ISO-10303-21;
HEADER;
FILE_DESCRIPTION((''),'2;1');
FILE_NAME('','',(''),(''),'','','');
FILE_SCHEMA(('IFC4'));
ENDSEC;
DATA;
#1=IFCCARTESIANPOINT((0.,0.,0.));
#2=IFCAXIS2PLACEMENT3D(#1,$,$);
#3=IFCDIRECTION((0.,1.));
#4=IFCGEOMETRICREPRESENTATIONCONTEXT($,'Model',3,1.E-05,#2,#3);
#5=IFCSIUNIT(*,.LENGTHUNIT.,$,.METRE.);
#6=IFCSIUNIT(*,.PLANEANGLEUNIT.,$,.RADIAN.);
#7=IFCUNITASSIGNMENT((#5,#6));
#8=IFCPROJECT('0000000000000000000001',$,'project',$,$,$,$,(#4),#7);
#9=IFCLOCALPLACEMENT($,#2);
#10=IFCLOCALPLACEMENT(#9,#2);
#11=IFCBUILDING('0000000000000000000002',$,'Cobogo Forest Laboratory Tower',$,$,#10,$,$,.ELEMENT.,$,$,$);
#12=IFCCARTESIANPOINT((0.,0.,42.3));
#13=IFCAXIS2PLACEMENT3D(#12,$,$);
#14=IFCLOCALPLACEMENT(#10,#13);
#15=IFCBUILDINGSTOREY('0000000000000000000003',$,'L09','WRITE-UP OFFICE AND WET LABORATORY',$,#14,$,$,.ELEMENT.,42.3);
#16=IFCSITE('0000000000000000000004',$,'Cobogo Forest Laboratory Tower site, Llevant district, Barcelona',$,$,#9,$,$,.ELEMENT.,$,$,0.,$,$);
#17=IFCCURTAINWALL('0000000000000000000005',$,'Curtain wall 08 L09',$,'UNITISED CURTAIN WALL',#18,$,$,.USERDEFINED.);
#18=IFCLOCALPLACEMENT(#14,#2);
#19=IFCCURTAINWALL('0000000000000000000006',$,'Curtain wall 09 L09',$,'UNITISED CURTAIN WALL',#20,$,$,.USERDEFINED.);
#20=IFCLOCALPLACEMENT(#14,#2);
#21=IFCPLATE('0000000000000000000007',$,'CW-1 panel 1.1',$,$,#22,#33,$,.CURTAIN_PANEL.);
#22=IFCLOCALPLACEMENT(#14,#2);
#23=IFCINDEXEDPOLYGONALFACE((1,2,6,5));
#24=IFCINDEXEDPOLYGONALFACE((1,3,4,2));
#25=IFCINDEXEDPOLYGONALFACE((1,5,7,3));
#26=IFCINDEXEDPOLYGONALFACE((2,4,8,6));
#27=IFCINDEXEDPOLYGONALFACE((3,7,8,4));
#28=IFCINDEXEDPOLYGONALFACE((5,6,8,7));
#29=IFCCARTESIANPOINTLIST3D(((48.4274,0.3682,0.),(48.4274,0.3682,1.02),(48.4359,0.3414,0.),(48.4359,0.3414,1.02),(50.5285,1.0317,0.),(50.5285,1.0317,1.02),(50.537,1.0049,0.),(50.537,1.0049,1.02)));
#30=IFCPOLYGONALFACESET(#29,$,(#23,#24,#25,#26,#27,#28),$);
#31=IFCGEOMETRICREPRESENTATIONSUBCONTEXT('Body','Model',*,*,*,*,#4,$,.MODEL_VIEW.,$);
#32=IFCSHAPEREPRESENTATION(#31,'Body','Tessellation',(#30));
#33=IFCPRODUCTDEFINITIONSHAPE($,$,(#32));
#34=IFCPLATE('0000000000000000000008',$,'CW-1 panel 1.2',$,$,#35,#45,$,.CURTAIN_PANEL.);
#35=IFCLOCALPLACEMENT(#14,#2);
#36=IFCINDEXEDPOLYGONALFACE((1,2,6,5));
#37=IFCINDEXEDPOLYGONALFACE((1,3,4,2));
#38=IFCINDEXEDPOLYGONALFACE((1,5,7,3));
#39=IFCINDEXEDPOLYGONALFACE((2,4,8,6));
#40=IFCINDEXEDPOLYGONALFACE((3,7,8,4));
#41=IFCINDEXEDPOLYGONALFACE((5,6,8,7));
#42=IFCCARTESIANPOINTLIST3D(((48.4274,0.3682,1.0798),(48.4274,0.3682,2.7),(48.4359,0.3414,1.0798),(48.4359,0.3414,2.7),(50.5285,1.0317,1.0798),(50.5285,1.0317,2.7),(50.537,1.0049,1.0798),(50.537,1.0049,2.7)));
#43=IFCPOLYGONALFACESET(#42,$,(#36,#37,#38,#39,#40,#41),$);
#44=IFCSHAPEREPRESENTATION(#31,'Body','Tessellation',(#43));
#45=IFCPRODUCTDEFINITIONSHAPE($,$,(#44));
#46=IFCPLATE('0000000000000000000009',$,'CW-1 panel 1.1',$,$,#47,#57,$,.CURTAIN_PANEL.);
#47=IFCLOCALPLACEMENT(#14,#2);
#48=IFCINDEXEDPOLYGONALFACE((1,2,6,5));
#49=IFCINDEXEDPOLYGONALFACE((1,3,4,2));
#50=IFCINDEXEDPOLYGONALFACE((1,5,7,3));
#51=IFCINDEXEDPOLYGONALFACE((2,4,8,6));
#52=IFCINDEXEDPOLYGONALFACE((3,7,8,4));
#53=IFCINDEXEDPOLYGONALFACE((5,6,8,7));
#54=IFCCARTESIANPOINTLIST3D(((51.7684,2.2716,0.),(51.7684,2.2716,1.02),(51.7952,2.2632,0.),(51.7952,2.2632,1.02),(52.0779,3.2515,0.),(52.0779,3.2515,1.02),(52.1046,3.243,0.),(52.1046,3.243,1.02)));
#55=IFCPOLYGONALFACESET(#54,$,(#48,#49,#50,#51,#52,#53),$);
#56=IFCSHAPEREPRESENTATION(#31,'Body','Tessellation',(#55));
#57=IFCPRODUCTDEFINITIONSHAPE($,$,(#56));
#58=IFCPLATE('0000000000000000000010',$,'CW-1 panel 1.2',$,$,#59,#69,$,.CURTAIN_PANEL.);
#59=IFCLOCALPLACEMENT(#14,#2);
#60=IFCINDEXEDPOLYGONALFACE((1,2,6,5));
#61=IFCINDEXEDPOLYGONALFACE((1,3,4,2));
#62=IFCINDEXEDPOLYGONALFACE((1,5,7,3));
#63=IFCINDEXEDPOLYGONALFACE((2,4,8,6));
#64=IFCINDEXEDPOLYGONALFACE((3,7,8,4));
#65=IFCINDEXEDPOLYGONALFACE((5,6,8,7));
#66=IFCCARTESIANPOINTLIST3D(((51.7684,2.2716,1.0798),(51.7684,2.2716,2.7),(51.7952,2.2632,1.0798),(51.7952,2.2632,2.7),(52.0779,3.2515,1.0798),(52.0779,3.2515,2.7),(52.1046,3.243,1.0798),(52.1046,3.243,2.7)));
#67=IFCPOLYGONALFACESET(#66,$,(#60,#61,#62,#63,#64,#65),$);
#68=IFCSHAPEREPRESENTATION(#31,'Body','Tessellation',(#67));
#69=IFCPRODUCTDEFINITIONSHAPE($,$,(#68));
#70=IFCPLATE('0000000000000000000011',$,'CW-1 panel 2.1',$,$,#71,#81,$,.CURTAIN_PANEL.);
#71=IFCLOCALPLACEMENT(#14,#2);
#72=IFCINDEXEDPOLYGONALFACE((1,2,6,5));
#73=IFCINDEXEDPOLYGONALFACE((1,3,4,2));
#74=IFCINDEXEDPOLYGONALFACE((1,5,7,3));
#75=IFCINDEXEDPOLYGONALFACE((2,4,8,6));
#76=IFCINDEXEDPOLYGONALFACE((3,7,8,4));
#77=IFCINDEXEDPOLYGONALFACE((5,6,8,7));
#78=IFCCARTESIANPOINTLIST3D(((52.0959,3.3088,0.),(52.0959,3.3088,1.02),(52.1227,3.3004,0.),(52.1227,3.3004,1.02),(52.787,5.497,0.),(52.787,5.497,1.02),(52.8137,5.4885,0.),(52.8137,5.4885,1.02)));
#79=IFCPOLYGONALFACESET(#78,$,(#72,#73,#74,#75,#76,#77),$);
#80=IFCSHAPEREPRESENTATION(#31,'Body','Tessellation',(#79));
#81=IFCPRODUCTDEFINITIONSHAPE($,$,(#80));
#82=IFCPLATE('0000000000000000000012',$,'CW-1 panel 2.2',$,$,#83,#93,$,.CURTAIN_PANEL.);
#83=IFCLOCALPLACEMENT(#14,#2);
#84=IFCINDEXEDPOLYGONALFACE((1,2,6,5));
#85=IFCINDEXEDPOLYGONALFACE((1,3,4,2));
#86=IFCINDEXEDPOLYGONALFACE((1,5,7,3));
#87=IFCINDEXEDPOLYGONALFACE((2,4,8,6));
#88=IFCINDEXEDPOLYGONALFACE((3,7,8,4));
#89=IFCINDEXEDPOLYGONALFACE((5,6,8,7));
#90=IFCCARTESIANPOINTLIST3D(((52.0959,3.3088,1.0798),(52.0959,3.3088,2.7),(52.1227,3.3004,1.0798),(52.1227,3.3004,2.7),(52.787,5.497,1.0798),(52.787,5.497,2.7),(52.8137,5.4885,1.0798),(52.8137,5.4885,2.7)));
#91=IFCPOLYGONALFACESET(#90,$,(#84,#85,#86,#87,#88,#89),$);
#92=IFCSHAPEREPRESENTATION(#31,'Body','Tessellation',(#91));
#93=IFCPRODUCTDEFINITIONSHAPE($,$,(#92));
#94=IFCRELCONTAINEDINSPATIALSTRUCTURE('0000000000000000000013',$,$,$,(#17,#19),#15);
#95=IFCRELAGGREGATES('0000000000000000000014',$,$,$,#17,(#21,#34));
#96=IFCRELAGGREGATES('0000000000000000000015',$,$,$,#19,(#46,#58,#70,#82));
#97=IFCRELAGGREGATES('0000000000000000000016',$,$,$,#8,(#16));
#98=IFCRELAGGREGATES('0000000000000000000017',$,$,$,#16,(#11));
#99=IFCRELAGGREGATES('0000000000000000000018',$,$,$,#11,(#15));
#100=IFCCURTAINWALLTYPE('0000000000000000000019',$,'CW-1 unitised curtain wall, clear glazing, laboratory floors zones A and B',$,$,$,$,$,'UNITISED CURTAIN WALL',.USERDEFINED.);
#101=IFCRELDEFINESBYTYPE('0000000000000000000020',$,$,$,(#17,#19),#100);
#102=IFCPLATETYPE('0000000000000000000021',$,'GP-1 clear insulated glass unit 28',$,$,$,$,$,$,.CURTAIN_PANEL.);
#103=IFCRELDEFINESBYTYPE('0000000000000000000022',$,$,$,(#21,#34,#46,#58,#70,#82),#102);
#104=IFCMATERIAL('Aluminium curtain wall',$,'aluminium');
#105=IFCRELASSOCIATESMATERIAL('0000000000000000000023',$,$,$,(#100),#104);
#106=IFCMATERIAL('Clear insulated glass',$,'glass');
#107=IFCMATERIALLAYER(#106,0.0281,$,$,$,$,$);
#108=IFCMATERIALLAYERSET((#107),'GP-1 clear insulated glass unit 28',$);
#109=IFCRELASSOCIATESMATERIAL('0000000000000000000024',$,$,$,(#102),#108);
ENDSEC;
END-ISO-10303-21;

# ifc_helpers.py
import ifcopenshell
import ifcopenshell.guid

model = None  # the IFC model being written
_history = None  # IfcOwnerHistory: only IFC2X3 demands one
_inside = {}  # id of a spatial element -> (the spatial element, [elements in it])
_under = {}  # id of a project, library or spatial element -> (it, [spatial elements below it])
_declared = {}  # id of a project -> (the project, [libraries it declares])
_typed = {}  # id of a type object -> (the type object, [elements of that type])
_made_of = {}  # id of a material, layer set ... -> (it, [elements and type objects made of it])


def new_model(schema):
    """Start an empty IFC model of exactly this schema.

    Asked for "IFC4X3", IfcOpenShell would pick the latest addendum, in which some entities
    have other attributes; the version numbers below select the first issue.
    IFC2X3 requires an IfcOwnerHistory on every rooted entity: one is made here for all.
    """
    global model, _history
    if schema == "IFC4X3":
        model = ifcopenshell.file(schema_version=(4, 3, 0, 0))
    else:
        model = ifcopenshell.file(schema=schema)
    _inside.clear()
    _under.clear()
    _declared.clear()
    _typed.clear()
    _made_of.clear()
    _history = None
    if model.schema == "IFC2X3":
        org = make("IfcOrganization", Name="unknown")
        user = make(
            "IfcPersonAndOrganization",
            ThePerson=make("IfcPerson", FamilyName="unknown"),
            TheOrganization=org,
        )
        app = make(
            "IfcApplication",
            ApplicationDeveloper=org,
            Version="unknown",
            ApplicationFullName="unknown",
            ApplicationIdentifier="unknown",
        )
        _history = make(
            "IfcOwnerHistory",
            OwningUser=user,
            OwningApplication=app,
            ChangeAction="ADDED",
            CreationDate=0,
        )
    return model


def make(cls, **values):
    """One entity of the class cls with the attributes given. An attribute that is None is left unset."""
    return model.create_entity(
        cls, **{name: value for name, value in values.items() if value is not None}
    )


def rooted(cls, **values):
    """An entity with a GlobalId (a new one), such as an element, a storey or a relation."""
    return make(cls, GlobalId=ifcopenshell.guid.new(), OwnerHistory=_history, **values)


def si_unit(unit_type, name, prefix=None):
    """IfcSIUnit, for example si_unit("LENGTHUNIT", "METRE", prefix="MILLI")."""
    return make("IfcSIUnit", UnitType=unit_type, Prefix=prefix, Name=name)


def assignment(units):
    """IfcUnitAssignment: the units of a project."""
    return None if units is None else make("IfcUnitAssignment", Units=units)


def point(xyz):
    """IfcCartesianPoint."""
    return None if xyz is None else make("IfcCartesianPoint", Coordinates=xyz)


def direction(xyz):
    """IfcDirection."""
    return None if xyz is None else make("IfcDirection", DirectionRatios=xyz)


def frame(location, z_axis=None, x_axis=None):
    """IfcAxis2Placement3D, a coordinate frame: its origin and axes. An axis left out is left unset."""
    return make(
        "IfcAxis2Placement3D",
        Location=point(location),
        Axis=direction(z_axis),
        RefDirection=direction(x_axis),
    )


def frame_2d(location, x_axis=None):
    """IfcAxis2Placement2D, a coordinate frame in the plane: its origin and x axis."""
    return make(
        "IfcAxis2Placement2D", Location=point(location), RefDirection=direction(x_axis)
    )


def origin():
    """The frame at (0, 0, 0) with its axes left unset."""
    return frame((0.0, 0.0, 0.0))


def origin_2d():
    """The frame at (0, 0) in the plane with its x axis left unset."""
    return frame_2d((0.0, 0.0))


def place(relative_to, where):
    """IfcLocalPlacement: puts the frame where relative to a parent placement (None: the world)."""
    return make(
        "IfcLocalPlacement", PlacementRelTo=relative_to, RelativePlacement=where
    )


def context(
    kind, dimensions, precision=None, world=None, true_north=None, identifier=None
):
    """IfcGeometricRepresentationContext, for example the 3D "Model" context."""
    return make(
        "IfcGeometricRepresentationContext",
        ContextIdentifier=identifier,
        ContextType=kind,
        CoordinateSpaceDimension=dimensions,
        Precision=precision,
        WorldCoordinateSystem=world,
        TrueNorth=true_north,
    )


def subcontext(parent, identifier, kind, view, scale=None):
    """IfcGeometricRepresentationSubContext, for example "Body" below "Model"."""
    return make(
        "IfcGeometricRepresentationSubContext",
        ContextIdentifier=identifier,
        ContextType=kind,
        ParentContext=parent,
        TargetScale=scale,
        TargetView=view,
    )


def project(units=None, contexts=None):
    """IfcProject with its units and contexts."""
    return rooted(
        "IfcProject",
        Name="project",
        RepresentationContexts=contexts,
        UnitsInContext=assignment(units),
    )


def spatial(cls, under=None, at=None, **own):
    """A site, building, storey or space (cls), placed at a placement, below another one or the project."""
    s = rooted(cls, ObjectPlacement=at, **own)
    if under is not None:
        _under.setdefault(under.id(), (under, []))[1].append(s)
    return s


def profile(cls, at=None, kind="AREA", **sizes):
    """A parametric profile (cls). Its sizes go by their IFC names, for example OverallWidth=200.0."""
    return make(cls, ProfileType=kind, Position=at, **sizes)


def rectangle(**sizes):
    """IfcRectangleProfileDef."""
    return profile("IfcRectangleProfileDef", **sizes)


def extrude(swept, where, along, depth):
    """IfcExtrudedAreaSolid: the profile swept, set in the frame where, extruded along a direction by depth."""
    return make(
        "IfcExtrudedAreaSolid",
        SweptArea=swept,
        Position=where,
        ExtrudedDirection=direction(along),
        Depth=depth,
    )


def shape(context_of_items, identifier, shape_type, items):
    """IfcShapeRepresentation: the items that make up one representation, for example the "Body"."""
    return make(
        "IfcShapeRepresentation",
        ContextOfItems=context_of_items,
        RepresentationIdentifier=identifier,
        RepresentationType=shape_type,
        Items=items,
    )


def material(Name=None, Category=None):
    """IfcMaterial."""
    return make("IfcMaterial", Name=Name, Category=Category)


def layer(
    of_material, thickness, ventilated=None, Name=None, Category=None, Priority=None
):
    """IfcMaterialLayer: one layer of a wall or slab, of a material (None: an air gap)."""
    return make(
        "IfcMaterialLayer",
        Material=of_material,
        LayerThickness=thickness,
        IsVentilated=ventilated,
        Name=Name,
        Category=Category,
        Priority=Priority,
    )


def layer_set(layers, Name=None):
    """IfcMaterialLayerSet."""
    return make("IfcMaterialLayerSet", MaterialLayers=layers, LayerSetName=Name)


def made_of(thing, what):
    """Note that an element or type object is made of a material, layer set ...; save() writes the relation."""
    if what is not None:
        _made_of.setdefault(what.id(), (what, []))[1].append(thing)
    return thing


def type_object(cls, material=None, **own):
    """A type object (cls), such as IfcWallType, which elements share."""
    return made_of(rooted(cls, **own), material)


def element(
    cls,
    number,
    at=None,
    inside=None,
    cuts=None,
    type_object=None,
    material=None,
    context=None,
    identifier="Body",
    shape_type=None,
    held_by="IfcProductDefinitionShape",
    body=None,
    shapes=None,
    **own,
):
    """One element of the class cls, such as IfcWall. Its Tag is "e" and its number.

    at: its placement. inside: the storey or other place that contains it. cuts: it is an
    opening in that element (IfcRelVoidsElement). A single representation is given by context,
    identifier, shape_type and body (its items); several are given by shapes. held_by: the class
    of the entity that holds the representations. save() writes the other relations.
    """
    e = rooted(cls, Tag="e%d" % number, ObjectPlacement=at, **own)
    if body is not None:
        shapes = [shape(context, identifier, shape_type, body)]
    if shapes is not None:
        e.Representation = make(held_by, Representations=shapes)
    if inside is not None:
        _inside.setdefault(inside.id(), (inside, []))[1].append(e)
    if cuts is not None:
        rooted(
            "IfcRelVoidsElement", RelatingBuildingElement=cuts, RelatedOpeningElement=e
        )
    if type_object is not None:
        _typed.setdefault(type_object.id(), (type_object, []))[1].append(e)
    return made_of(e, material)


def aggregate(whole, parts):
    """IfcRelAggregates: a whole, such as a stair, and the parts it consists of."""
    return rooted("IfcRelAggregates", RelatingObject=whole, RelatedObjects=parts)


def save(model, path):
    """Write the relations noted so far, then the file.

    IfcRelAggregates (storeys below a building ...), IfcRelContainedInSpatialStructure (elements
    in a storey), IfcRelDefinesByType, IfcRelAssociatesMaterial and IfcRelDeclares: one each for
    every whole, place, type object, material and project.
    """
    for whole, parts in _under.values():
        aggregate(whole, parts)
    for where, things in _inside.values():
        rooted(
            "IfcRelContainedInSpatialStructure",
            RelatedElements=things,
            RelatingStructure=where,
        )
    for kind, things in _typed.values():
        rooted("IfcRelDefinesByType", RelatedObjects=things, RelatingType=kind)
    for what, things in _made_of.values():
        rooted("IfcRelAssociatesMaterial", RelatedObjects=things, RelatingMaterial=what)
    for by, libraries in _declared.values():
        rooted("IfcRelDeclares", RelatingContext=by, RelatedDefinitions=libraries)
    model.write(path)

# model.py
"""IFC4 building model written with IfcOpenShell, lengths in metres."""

from ifc_helpers import new_model, si_unit, direction, frame, origin, origin_2d, place, context, subcontext, project, spatial, rectangle, extrude, material, layer, layer_set, type_object, element, aggregate, save


model = new_model("IFC4")

# Units and contexts
model_context = context("Model", 3, precision=1e-05, world=origin(), true_north=direction((0.0, 1.0)))
body_context = subcontext(model_context, "Body", "Model", "MODEL_VIEW")
ifc_project = project(units=[si_unit("LENGTHUNIT", "METRE"), si_unit("PLANEANGLEUNIT", "RADIAN")], contexts=[model_context])

# Site, building, storey
site_placement = place(None, origin())
site = spatial("IfcSite", under=ifc_project, at=site_placement, Name="Cobogo Forest Laboratory Tower site, Llevant district, Barcelona", CompositionType="ELEMENT", RefElevation=0.0)
building_placement = place(site_placement, origin())
building = spatial("IfcBuilding", under=site, at=building_placement, Name="Cobogo Forest Laboratory Tower", CompositionType="ELEMENT")
storey_placement = place(building_placement, frame((0.0, 0.0, 42.3)))
storey = spatial("IfcBuildingStorey", under=building, at=storey_placement, Name="L09", Description="WRITE-UP OFFICE AND WET LABORATORY", CompositionType="ELEMENT", Elevation=42.3)

# Shared definitions
ifc_material_1 = material(Name="Aluminium curtain wall", Category="aluminium")
curtain_wall_type = type_object("IfcCurtainWallType", Name="CW-1 unitised curtain wall, clear glazing, laboratory floors zones A and B", ElementType="UNITISED CURTAIN WALL", PredefinedType="USERDEFINED", material=ifc_material_1)

# Curtain walls
curtain_wall_1_placement = place(storey_placement, origin())
curtain_wall_1 = element("IfcCurtainWall", 1, at=curtain_wall_1_placement, inside=storey, type_object=curtain_wall_type, Name="Curtain wall 08 L09", ObjectType="UNITISED CURTAIN WALL", PredefinedType="USERDEFINED")
curtain_wall_2_placement = place(storey_placement, origin())
curtain_wall_2 = element("IfcCurtainWall", 2, at=curtain_wall_2_placement, inside=storey, type_object=curtain_wall_type, Name="Curtain wall 09 L09", ObjectType="UNITISED CURTAIN WALL", PredefinedType="USERDEFINED")

# Plates
ifc_material_2 = material(Name="Clear insulated glass", Category="glass")
ifc_layer = layer(ifc_material_2, 0.0281)
ifc_layer_set = layer_set([ifc_layer], Name="GP-1 clear insulated glass unit 28")
plate_type = type_object("IfcPlateType", Name="GP-1 clear insulated glass unit 28", PredefinedType="CURTAIN_PANEL", material=ifc_layer_set)
plate_1_placement = place(storey_placement, frame((49.4822, 0.6865, 0.0), z_axis=(0.0, 0.0, 1.0), x_axis=(0.953581, 0.301135, 0.0)))
plate_1 = element("IfcPlate", 3, at=plate_1_placement, type_object=plate_type, Name="CW-1 panel 1.1", PredefinedType="CURTAIN_PANEL", context=body_context, shape_type="SweptSolid", body=[
    extrude(rectangle(XDim=2.2034, YDim=0.0281, at=origin_2d()), origin(), (0.0, 0.0, 1.0), 1.02),
])
plate_2_placement = place(storey_placement, frame((49.4822, 0.6865, 1.0798), z_axis=(0.0, 0.0, 1.0), x_axis=(0.953581, 0.301135, 0.0)))
plate_2 = element("IfcPlate", 4, at=plate_2_placement, type_object=plate_type, Name="CW-1 panel 1.2", PredefinedType="CURTAIN_PANEL", context=body_context, shape_type="SweptSolid", body=[
    extrude(rectangle(XDim=2.2034, YDim=0.0281, at=origin_2d()), origin(), (0.0, 0.0, 1.0), 1.6201),
])
aggregate(curtain_wall_1, [plate_1, plate_2])
plate_3_placement = place(storey_placement, frame((51.9365, 2.7573, 0.0), z_axis=(0.0, 0.0, 1.0), x_axis=(0.301135, 0.953581, 0.0)))
plate_3 = element("IfcPlate", 5, at=plate_3_placement, type_object=plate_type, Name="CW-1 panel 1.1", PredefinedType="CURTAIN_PANEL", context=body_context, shape_type="SweptSolid", body=[
    extrude(rectangle(XDim=1.0276, YDim=0.0281, at=origin_2d()), origin(), (0.0, 0.0, 1.0), 1.02),
])
plate_4_placement = place(storey_placement, frame((51.9365, 2.7573, 1.0798), z_axis=(0.0, 0.0, 1.0), x_axis=(0.301135, 0.953581, 0.0)))
plate_4 = element("IfcPlate", 6, at=plate_4_placement, type_object=plate_type, Name="CW-1 panel 1.2", PredefinedType="CURTAIN_PANEL", context=body_context, shape_type="SweptSolid", body=[
    extrude(rectangle(XDim=1.0276, YDim=0.0281, at=origin_2d()), origin(), (0.0, 0.0, 1.0), 1.6201),
])
plate_5_placement = place(storey_placement, frame((52.4548, 4.3987, 0.0), z_axis=(0.0, 0.0, 1.0), x_axis=(0.301135, 0.953581, 0.0)))
plate_5 = element("IfcPlate", 7, at=plate_5_placement, type_object=plate_type, Name="CW-1 panel 2.1", PredefinedType="CURTAIN_PANEL", context=body_context, shape_type="SweptSolid", body=[
    extrude(rectangle(XDim=2.2947, YDim=0.0281, at=origin_2d()), origin(), (0.0, 0.0, 1.0), 1.02),
])
plate_6_placement = place(storey_placement, frame((52.4548, 4.3987, 1.0798), z_axis=(0.0, 0.0, 1.0), x_axis=(0.301135, 0.953581, 0.0)))
plate_6 = element("IfcPlate", 8, at=plate_6_placement, type_object=plate_type, Name="CW-1 panel 2.2", PredefinedType="CURTAIN_PANEL", context=body_context, shape_type="SweptSolid", body=[
    extrude(rectangle(XDim=2.2947, YDim=0.0281, at=origin_2d()), origin(), (0.0, 0.0, 1.0), 1.6201),
])
aggregate(curtain_wall_2, [plate_3, plate_4, plate_5, plate_6])

save(model, "model.ifc")
